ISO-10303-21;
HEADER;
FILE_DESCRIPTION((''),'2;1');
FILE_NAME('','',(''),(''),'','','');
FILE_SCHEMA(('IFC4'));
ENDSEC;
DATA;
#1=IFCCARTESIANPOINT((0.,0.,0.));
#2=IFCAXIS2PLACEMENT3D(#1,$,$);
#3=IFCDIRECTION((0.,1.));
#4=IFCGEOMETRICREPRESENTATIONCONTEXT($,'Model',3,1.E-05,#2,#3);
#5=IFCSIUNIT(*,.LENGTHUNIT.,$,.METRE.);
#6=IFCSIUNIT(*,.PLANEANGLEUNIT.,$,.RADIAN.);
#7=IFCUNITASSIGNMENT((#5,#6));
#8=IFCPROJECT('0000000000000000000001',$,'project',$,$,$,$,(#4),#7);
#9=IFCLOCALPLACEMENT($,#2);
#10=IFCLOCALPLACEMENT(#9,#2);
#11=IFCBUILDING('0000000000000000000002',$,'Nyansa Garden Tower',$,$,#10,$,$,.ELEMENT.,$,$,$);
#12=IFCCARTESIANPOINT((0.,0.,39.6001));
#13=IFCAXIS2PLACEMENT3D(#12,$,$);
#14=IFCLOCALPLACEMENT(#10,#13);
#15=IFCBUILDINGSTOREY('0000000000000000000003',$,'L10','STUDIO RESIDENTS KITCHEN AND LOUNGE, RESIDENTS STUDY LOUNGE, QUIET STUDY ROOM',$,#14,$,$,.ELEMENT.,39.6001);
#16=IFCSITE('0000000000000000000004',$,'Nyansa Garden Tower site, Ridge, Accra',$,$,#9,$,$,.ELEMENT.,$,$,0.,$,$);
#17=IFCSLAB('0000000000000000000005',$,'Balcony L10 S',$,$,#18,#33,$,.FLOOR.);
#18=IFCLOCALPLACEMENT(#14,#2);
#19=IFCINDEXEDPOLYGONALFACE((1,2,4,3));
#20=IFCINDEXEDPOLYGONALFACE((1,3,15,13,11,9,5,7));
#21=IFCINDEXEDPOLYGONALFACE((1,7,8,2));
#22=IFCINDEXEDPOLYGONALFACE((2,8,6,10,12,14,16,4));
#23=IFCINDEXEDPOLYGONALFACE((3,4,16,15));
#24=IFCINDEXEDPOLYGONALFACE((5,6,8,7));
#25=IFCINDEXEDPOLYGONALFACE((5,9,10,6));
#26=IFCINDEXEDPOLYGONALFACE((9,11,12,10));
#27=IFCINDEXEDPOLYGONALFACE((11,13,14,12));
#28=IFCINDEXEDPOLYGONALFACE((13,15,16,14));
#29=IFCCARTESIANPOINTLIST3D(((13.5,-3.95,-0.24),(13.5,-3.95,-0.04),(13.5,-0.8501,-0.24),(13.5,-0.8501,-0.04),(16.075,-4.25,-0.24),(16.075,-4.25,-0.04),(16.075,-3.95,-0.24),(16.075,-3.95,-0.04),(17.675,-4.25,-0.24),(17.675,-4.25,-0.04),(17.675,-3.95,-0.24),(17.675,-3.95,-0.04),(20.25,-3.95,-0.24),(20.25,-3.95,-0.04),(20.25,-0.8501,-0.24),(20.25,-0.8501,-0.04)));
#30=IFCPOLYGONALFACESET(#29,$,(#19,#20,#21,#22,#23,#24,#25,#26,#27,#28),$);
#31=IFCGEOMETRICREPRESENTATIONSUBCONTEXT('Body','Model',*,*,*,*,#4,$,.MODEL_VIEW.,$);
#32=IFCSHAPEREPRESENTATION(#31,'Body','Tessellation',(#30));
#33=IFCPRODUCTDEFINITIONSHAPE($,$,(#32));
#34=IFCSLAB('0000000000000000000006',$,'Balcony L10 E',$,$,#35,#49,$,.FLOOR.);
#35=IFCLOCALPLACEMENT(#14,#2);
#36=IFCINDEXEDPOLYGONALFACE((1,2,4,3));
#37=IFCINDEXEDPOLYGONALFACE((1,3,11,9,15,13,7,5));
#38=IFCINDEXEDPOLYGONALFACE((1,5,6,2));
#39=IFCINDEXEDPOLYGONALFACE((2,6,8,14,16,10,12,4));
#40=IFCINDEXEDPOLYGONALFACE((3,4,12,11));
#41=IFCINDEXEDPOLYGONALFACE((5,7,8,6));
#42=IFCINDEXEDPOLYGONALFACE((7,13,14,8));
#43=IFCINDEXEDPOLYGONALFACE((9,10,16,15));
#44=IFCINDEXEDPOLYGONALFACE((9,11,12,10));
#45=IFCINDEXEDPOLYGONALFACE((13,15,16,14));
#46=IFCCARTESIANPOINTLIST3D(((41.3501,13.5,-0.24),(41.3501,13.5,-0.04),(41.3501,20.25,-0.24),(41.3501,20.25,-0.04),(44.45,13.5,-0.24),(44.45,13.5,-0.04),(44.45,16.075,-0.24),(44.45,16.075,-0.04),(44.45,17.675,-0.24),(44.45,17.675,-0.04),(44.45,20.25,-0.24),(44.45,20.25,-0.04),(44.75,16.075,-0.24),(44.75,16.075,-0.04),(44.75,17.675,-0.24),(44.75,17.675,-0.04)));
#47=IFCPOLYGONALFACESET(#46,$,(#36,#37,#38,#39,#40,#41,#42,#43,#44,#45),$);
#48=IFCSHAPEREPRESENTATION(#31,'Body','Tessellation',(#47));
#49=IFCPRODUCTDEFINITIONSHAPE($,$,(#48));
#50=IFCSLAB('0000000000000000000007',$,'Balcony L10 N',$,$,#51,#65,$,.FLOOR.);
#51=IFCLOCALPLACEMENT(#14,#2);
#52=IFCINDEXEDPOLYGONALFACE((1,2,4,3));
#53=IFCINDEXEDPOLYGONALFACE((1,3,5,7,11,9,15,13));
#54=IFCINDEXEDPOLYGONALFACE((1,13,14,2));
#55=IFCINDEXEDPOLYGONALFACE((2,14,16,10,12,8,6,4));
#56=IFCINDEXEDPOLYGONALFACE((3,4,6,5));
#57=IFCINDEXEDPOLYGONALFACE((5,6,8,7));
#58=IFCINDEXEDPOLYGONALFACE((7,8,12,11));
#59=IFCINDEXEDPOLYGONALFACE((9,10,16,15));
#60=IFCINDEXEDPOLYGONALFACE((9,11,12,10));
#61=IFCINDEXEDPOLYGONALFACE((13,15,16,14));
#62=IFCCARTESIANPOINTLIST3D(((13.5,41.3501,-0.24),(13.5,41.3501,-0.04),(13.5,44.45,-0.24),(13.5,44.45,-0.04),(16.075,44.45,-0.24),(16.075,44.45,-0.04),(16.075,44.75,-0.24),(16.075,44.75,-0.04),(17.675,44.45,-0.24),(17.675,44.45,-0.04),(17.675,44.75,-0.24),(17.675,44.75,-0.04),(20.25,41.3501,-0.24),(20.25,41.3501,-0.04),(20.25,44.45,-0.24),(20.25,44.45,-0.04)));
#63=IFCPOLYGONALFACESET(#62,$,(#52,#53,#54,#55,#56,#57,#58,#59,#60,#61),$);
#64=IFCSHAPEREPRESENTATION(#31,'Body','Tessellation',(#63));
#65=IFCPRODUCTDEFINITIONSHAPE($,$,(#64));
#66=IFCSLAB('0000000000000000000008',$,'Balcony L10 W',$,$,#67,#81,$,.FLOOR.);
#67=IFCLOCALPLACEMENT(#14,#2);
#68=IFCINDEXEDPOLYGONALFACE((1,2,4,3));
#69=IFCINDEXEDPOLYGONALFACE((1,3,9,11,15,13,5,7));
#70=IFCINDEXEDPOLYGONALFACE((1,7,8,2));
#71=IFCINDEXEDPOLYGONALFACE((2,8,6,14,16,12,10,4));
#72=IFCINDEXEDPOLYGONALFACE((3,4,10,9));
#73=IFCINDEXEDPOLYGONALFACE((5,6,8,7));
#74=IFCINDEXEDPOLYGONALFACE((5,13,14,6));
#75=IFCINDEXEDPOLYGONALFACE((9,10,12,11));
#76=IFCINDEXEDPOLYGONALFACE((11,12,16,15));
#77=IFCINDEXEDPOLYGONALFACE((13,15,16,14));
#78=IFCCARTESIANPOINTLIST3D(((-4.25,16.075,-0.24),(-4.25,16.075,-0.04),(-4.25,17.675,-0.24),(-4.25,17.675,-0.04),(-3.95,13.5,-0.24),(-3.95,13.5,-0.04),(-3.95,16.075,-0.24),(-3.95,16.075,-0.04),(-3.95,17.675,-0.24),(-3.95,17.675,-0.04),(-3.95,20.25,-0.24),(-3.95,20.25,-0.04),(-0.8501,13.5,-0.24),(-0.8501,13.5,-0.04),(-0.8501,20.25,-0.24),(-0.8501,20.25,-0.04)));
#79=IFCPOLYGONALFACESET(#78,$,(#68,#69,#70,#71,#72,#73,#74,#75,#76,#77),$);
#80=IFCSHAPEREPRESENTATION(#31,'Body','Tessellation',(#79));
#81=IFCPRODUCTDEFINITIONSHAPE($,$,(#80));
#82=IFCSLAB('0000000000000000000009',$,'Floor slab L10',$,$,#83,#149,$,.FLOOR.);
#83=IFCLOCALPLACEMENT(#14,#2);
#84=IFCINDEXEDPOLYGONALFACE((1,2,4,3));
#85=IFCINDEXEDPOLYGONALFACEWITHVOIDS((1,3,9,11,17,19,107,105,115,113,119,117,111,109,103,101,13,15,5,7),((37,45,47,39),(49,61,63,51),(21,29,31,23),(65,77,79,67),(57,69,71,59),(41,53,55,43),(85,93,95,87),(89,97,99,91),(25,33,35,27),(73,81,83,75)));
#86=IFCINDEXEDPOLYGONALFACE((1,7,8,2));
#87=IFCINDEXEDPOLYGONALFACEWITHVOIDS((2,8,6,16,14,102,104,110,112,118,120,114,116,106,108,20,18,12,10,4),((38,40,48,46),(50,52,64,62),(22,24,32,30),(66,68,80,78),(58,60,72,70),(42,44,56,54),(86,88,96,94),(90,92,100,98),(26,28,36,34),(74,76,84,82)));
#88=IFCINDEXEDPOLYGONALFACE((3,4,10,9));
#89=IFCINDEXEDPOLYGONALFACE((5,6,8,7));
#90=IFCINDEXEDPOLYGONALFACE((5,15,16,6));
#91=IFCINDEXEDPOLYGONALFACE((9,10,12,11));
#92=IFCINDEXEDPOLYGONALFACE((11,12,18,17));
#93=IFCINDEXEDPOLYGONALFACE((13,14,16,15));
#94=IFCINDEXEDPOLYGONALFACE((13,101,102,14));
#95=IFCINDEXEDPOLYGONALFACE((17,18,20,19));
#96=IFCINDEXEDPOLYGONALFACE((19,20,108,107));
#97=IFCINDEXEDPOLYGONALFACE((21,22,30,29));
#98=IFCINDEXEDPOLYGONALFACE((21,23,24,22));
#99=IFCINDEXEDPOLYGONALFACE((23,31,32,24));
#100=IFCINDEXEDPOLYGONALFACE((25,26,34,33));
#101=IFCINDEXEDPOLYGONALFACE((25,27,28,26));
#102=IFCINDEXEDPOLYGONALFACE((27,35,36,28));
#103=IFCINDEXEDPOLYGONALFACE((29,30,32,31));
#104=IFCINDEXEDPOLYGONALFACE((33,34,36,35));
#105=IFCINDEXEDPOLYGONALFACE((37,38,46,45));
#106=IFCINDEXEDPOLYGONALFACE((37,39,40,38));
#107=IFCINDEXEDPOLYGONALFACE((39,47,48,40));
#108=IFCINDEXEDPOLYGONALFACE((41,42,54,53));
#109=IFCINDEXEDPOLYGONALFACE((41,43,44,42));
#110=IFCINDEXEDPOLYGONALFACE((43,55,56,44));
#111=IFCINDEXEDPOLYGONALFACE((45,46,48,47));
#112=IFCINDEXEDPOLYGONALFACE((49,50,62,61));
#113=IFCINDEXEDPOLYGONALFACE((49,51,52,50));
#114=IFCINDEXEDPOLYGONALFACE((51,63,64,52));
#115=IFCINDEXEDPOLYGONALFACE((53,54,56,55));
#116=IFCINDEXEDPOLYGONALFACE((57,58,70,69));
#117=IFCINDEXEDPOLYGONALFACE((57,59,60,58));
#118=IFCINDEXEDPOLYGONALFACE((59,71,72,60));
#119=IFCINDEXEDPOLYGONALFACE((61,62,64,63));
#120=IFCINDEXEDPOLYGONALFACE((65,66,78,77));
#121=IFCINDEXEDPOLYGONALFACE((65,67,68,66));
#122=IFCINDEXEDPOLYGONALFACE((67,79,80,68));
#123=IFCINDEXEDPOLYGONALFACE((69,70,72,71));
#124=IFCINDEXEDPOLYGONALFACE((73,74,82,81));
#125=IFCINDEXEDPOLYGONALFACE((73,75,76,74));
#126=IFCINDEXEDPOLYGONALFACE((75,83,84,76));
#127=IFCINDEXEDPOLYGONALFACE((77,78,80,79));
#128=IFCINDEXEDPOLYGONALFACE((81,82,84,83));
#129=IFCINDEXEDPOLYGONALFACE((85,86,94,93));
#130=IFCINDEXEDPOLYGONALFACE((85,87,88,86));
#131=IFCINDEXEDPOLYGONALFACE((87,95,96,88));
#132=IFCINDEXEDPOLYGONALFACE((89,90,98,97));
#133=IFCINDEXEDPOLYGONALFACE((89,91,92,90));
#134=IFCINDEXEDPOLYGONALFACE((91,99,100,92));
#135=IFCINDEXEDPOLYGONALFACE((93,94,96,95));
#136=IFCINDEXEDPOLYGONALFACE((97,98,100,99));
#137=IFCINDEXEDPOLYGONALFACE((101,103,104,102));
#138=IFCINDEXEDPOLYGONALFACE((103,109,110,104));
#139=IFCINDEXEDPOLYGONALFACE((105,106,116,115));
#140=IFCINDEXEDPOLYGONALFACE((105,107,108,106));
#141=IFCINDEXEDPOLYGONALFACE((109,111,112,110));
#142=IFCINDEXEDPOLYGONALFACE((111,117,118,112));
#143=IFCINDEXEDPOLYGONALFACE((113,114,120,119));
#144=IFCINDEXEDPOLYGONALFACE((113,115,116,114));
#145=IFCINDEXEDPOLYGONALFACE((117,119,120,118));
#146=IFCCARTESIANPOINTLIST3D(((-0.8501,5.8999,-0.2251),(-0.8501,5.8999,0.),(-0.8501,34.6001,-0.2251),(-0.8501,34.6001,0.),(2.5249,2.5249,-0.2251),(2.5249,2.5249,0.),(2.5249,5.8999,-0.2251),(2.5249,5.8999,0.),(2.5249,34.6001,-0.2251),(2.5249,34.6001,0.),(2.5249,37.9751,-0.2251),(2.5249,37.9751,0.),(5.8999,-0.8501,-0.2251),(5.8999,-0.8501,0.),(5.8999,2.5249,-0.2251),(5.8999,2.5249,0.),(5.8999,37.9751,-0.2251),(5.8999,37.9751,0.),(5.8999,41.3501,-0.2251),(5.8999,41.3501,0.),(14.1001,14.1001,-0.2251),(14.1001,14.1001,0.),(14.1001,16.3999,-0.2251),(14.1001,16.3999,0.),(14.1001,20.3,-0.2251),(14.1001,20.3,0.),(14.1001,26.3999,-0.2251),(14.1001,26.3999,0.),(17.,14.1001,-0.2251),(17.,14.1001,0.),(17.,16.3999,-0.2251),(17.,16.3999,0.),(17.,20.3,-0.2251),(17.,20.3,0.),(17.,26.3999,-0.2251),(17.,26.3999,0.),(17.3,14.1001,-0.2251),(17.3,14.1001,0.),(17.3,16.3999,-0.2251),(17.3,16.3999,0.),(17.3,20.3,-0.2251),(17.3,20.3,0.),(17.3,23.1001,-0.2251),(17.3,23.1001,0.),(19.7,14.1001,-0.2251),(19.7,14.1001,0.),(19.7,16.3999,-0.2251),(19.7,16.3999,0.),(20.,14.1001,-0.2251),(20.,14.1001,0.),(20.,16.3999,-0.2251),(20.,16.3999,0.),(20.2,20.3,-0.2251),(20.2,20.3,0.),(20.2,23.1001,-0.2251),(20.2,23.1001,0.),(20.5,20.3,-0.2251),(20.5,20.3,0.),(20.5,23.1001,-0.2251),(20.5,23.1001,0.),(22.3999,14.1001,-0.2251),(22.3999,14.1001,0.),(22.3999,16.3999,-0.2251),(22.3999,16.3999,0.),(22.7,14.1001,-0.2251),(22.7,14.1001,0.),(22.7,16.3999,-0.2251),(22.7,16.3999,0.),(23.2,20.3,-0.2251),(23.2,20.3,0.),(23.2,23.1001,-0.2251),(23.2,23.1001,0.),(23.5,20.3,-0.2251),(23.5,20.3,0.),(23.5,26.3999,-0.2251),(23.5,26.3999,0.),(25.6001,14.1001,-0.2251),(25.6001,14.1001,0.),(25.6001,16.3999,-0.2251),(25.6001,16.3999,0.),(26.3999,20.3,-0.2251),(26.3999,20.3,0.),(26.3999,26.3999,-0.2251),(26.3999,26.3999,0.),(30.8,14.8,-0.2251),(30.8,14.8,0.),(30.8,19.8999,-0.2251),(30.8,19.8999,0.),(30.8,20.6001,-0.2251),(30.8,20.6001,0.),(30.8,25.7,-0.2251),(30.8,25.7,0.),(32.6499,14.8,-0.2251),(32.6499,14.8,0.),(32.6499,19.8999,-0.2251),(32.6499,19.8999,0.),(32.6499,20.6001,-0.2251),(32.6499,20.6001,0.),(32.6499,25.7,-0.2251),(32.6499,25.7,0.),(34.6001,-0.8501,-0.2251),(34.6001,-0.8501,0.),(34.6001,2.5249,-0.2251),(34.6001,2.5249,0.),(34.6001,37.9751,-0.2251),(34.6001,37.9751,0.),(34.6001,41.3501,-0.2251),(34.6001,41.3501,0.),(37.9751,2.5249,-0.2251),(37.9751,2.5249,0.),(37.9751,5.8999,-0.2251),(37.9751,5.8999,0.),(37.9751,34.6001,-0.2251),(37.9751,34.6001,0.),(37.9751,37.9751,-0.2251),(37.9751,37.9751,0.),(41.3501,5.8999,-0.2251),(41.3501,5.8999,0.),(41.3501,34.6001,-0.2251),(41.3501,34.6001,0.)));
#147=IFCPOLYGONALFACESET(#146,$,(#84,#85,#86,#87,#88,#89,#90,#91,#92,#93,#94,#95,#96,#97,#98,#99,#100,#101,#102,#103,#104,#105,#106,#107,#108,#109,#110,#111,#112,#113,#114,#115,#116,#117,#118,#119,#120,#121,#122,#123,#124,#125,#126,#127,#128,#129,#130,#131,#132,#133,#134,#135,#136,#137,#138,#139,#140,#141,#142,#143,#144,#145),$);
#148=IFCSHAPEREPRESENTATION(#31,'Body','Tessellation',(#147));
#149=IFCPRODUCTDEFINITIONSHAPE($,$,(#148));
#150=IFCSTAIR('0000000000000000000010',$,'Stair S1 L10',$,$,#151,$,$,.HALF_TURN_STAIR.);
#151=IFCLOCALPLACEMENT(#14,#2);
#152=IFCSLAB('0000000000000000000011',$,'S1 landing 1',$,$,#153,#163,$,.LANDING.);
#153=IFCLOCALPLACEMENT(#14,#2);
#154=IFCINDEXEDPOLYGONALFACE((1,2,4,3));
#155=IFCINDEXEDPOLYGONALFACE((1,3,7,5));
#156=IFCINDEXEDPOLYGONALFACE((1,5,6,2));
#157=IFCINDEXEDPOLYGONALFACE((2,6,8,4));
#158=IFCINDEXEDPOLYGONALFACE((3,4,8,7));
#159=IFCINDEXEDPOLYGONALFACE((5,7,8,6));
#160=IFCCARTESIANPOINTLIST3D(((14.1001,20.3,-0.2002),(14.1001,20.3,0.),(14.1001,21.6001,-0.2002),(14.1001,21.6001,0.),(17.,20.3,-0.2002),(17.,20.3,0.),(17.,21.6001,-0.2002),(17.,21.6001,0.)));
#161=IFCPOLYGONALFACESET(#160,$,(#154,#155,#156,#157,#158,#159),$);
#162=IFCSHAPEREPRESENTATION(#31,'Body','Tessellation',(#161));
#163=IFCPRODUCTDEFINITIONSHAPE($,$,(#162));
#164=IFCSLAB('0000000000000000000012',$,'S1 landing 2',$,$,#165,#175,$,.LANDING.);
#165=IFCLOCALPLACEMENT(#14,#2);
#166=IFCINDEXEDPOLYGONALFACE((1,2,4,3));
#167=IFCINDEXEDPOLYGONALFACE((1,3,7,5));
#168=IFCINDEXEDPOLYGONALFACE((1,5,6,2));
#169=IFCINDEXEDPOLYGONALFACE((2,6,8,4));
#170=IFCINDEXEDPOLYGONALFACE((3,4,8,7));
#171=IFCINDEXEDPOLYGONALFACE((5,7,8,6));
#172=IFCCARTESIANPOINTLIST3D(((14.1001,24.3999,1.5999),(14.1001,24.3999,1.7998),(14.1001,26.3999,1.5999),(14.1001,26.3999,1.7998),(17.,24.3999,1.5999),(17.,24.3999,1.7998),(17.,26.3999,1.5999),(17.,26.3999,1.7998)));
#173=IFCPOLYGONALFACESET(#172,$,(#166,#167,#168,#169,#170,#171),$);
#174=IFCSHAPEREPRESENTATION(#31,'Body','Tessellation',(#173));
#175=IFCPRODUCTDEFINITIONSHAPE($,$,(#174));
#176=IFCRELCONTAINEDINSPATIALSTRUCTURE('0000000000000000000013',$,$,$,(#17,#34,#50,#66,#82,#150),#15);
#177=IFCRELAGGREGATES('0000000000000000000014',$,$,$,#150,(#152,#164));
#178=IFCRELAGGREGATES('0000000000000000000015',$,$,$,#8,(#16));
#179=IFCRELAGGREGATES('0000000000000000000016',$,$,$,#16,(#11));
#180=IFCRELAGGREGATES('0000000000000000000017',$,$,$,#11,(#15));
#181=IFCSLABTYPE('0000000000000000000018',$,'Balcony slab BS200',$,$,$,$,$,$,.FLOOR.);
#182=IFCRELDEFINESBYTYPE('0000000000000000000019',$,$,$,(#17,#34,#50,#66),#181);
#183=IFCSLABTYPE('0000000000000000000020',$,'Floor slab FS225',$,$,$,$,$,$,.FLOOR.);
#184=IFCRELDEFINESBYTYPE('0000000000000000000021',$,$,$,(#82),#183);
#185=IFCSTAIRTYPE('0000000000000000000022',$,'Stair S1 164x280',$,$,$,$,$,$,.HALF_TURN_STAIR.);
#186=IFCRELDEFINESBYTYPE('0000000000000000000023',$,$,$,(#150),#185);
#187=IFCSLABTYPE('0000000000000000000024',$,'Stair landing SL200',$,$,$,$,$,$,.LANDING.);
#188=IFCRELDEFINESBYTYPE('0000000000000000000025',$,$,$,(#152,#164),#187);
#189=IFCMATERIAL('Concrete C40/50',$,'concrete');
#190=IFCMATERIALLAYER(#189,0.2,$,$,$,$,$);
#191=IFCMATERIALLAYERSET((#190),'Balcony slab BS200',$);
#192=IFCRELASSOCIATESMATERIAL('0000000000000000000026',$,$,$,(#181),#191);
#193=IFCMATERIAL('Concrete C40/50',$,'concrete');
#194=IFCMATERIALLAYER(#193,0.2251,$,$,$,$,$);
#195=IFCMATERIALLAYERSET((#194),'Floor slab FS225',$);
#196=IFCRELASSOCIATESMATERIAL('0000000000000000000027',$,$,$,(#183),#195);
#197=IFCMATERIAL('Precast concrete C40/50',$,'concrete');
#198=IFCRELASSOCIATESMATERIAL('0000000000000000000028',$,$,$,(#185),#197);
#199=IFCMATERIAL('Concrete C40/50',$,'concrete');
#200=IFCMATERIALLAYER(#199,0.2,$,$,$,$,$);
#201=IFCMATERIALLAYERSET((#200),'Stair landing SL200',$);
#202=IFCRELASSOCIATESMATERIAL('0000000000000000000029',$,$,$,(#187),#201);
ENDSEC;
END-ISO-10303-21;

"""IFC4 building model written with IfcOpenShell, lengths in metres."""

from ifc_helpers import new_model, si_unit, direction, frame, origin, place, context, subcontext, project, spatial, polyline, outline, extrude, material, layer, layer_set, type_object, element, aggregate, save


model = new_model("IFC4")

# Units and contexts
model_context = context("Model", 3, precision=1e-05, world=origin(), true_north=direction((0.0, 1.0)))
body_context = subcontext(model_context, "Body", "Model", "MODEL_VIEW")
ifc_project = project(units=[si_unit("LENGTHUNIT", "METRE"), si_unit("PLANEANGLEUNIT", "RADIAN")], contexts=[model_context])

# Site, building, storey
site_placement = place(None, origin())
site = spatial("IfcSite", under=ifc_project, at=site_placement, Name="Nyansa Garden Tower site, Ridge, Accra", CompositionType="ELEMENT", RefElevation=0.0)
building_placement = place(site_placement, origin())
building = spatial("IfcBuilding", under=site, at=building_placement, Name="Nyansa Garden Tower", CompositionType="ELEMENT")
storey_placement = place(building_placement, frame((0.0, 0.0, 39.6001)))
storey = spatial("IfcBuildingStorey", under=building, at=storey_placement, Name="L10", Description="STUDIO RESIDENTS KITCHEN AND LOUNGE, RESIDENTS STUDY LOUNGE, QUIET STUDY ROOM", CompositionType="ELEMENT", Elevation=39.6001)

# Slabs
ifc_material_1 = material(Name="Concrete C40/50", Category="concrete")
ifc_layer_1 = layer(ifc_material_1, 0.2)
ifc_layer_set_1 = layer_set([ifc_layer_1], Name="Balcony slab BS200")
slab_type_1 = type_object("IfcSlabType", Name="Balcony slab BS200", PredefinedType="FLOOR", material=ifc_layer_set_1)
slab_1_placement = place(storey_placement, frame((0.0, 0.0, -0.24)))
element("IfcSlab", 1, at=slab_1_placement, inside=storey, type_object=slab_type_1, Name="Balcony L10 S", PredefinedType="FLOOR", context=body_context, shape_type="SweptSolid", body=[
    extrude(outline(polyline([(13.5, -0.8501), (20.25, -0.8501), (20.25, -3.95), (17.675, -3.95), (17.675, -4.25), (16.075, -4.25), (16.075, -3.95), (13.5, -3.95), (13.5, -0.8501)])), origin(), (0.0, 0.0, 1.0), 0.2),
])
slab_2_placement = place(storey_placement, frame((0.0, 0.0, -0.24)))
element("IfcSlab", 2, at=slab_2_placement, inside=storey, type_object=slab_type_1, Name="Balcony L10 E", PredefinedType="FLOOR", context=body_context, shape_type="SweptSolid", body=[
    extrude(outline(polyline([(41.3501, 13.5), (41.3501, 20.25), (44.45, 20.25), (44.45, 17.675), (44.75, 17.675), (44.75, 16.075), (44.45, 16.075), (44.45, 13.5), (41.3501, 13.5)])), origin(), (0.0, 0.0, 1.0), 0.2),
])
slab_3_placement = place(storey_placement, frame((0.0, 0.0, -0.24)))
element("IfcSlab", 3, at=slab_3_placement, inside=storey, type_object=slab_type_1, Name="Balcony L10 N", PredefinedType="FLOOR", context=body_context, shape_type="SweptSolid", body=[
    extrude(outline(polyline([(13.5, 41.3501), (20.25, 41.3501), (20.25, 44.45), (17.675, 44.45), (17.675, 44.75), (16.075, 44.75), (16.075, 44.45), (13.5, 44.45), (13.5, 41.3501)])), origin(), (0.0, 0.0, 1.0), 0.2),
])
slab_4_placement = place(storey_placement, frame((0.0, 0.0, -0.24)))
element("IfcSlab", 4, at=slab_4_placement, inside=storey, type_object=slab_type_1, Name="Balcony L10 W", PredefinedType="FLOOR", context=body_context, shape_type="SweptSolid", body=[
    extrude(outline(polyline([(-0.8501, 13.5), (-0.8501, 20.25), (-3.95, 20.25), (-3.95, 17.675), (-4.25, 17.675), (-4.25, 16.075), (-3.95, 16.075), (-3.95, 13.5), (-0.8501, 13.5)])), origin(), (0.0, 0.0, 1.0), 0.2),
])
ifc_material_2 = material(Name="Concrete C40/50", Category="concrete")
ifc_layer_2 = layer(ifc_material_2, 0.2251)
ifc_layer_set_2 = layer_set([ifc_layer_2], Name="Floor slab FS225")
slab_type_2 = type_object("IfcSlabType", Name="Floor slab FS225", PredefinedType="FLOOR", material=ifc_layer_set_2)
slab_5_placement = place(storey_placement, frame((0.0, 0.0, -0.2251)))
element("IfcSlab", 5, at=slab_5_placement, inside=storey, type_object=slab_type_2, Name="Floor slab L10", PredefinedType="FLOOR", context=body_context, shape_type="SweptSolid", body=[
    extrude(outline(polyline([(41.3501, 5.8999), (37.9751, 5.8999), (37.9751, 2.5249), (34.6001, 2.5249), (34.6001, -0.8501), (5.8999, -0.8501), (5.8999, 2.5249), (2.5249, 2.5249), (2.5249, 5.8999), (-0.8501, 5.8999), (-0.8501, 34.6001), (2.5249, 34.6001), (2.5249, 37.9751), (5.8999, 37.9751), (5.8999, 41.3501), (34.6001, 41.3501), (34.6001, 37.9751), (37.9751, 37.9751), (37.9751, 34.6001), (41.3501, 34.6001), (41.3501, 5.8999)]), holes=[polyline([(14.1001, 14.1001), (17.0, 14.1001), (17.0, 16.3999), (14.1001, 16.3999), (14.1001, 14.1001)]), polyline([(17.3, 14.1001), (19.7, 14.1001), (19.7, 16.3999), (17.3, 16.3999), (17.3, 14.1001)]), polyline([(20.0, 14.1001), (22.3999, 14.1001), (22.3999, 16.3999), (20.0, 16.3999), (20.0, 14.1001)]), polyline([(22.7, 14.1001), (25.6001, 14.1001), (25.6001, 16.3999), (22.7, 16.3999), (22.7, 14.1001)]), polyline([(17.3, 20.3), (20.2, 20.3), (20.2, 23.1001), (17.3, 23.1001), (17.3, 20.3)]), polyline([(20.5, 20.3), (23.2, 20.3), (23.2, 23.1001), (20.5, 23.1001), (20.5, 20.3)]), polyline([(30.8, 14.8), (32.6499, 14.8), (32.6499, 19.8999), (30.8, 19.8999), (30.8, 14.8)]), polyline([(30.8, 20.6001), (32.6499, 20.6001), (32.6499, 25.7), (30.8, 25.7), (30.8, 20.6001)]), polyline([(14.1001, 20.3), (17.0, 20.3), (17.0, 26.3999), (14.1001, 26.3999), (14.1001, 20.3)]), polyline([(23.5, 20.3), (26.3999, 20.3), (26.3999, 26.3999), (23.5, 26.3999), (23.5, 20.3)])]), origin(), (0.0, 0.0, 1.0), 0.2251),
])

# Stair, slabs
ifc_material_3 = material(Name="Precast concrete C40/50", Category="concrete")
stair_type = type_object("IfcStairType", Name="Stair S1 164x280", PredefinedType="HALF_TURN_STAIR", material=ifc_material_3)
stair_placement = place(storey_placement, origin())
stair = element("IfcStair", 6, at=stair_placement, inside=storey, type_object=stair_type, Name="Stair S1 L10", PredefinedType="HALF_TURN_STAIR")
ifc_material_4 = material(Name="Concrete C40/50", Category="concrete")
ifc_layer_3 = layer(ifc_material_4, 0.2)
ifc_layer_set_3 = layer_set([ifc_layer_3], Name="Stair landing SL200")
slab_type_3 = type_object("IfcSlabType", Name="Stair landing SL200", PredefinedType="LANDING", material=ifc_layer_set_3)
slab_6_placement = place(storey_placement, frame((0.0, 0.0, -0.2002)))
slab_6 = element("IfcSlab", 7, at=slab_6_placement, type_object=slab_type_3, Name="S1 landing 1", PredefinedType="LANDING", context=body_context, shape_type="SweptSolid", body=[
    extrude(outline(polyline([(14.1001, 20.3), (17.0, 20.3), (17.0, 21.6001), (14.1001, 21.6001), (14.1001, 20.3)])), origin(), (0.0, 0.0, 1.0), 0.2002),
])
slab_7_placement = place(storey_placement, frame((0.0, 0.0, 1.5999)))
slab_7 = element("IfcSlab", 8, at=slab_7_placement, type_object=slab_type_3, Name="S1 landing 2", PredefinedType="LANDING", context=body_context, shape_type="SweptSolid", body=[
    extrude(outline(polyline([(14.1001, 24.3999), (17.0, 24.3999), (17.0, 26.3999), (14.1001, 26.3999), (14.1001, 24.3999)])), origin(), (0.0, 0.0, 1.0), 0.2),
])
aggregate(stair, [slab_6, slab_7])

save(model, "model.ifc")
